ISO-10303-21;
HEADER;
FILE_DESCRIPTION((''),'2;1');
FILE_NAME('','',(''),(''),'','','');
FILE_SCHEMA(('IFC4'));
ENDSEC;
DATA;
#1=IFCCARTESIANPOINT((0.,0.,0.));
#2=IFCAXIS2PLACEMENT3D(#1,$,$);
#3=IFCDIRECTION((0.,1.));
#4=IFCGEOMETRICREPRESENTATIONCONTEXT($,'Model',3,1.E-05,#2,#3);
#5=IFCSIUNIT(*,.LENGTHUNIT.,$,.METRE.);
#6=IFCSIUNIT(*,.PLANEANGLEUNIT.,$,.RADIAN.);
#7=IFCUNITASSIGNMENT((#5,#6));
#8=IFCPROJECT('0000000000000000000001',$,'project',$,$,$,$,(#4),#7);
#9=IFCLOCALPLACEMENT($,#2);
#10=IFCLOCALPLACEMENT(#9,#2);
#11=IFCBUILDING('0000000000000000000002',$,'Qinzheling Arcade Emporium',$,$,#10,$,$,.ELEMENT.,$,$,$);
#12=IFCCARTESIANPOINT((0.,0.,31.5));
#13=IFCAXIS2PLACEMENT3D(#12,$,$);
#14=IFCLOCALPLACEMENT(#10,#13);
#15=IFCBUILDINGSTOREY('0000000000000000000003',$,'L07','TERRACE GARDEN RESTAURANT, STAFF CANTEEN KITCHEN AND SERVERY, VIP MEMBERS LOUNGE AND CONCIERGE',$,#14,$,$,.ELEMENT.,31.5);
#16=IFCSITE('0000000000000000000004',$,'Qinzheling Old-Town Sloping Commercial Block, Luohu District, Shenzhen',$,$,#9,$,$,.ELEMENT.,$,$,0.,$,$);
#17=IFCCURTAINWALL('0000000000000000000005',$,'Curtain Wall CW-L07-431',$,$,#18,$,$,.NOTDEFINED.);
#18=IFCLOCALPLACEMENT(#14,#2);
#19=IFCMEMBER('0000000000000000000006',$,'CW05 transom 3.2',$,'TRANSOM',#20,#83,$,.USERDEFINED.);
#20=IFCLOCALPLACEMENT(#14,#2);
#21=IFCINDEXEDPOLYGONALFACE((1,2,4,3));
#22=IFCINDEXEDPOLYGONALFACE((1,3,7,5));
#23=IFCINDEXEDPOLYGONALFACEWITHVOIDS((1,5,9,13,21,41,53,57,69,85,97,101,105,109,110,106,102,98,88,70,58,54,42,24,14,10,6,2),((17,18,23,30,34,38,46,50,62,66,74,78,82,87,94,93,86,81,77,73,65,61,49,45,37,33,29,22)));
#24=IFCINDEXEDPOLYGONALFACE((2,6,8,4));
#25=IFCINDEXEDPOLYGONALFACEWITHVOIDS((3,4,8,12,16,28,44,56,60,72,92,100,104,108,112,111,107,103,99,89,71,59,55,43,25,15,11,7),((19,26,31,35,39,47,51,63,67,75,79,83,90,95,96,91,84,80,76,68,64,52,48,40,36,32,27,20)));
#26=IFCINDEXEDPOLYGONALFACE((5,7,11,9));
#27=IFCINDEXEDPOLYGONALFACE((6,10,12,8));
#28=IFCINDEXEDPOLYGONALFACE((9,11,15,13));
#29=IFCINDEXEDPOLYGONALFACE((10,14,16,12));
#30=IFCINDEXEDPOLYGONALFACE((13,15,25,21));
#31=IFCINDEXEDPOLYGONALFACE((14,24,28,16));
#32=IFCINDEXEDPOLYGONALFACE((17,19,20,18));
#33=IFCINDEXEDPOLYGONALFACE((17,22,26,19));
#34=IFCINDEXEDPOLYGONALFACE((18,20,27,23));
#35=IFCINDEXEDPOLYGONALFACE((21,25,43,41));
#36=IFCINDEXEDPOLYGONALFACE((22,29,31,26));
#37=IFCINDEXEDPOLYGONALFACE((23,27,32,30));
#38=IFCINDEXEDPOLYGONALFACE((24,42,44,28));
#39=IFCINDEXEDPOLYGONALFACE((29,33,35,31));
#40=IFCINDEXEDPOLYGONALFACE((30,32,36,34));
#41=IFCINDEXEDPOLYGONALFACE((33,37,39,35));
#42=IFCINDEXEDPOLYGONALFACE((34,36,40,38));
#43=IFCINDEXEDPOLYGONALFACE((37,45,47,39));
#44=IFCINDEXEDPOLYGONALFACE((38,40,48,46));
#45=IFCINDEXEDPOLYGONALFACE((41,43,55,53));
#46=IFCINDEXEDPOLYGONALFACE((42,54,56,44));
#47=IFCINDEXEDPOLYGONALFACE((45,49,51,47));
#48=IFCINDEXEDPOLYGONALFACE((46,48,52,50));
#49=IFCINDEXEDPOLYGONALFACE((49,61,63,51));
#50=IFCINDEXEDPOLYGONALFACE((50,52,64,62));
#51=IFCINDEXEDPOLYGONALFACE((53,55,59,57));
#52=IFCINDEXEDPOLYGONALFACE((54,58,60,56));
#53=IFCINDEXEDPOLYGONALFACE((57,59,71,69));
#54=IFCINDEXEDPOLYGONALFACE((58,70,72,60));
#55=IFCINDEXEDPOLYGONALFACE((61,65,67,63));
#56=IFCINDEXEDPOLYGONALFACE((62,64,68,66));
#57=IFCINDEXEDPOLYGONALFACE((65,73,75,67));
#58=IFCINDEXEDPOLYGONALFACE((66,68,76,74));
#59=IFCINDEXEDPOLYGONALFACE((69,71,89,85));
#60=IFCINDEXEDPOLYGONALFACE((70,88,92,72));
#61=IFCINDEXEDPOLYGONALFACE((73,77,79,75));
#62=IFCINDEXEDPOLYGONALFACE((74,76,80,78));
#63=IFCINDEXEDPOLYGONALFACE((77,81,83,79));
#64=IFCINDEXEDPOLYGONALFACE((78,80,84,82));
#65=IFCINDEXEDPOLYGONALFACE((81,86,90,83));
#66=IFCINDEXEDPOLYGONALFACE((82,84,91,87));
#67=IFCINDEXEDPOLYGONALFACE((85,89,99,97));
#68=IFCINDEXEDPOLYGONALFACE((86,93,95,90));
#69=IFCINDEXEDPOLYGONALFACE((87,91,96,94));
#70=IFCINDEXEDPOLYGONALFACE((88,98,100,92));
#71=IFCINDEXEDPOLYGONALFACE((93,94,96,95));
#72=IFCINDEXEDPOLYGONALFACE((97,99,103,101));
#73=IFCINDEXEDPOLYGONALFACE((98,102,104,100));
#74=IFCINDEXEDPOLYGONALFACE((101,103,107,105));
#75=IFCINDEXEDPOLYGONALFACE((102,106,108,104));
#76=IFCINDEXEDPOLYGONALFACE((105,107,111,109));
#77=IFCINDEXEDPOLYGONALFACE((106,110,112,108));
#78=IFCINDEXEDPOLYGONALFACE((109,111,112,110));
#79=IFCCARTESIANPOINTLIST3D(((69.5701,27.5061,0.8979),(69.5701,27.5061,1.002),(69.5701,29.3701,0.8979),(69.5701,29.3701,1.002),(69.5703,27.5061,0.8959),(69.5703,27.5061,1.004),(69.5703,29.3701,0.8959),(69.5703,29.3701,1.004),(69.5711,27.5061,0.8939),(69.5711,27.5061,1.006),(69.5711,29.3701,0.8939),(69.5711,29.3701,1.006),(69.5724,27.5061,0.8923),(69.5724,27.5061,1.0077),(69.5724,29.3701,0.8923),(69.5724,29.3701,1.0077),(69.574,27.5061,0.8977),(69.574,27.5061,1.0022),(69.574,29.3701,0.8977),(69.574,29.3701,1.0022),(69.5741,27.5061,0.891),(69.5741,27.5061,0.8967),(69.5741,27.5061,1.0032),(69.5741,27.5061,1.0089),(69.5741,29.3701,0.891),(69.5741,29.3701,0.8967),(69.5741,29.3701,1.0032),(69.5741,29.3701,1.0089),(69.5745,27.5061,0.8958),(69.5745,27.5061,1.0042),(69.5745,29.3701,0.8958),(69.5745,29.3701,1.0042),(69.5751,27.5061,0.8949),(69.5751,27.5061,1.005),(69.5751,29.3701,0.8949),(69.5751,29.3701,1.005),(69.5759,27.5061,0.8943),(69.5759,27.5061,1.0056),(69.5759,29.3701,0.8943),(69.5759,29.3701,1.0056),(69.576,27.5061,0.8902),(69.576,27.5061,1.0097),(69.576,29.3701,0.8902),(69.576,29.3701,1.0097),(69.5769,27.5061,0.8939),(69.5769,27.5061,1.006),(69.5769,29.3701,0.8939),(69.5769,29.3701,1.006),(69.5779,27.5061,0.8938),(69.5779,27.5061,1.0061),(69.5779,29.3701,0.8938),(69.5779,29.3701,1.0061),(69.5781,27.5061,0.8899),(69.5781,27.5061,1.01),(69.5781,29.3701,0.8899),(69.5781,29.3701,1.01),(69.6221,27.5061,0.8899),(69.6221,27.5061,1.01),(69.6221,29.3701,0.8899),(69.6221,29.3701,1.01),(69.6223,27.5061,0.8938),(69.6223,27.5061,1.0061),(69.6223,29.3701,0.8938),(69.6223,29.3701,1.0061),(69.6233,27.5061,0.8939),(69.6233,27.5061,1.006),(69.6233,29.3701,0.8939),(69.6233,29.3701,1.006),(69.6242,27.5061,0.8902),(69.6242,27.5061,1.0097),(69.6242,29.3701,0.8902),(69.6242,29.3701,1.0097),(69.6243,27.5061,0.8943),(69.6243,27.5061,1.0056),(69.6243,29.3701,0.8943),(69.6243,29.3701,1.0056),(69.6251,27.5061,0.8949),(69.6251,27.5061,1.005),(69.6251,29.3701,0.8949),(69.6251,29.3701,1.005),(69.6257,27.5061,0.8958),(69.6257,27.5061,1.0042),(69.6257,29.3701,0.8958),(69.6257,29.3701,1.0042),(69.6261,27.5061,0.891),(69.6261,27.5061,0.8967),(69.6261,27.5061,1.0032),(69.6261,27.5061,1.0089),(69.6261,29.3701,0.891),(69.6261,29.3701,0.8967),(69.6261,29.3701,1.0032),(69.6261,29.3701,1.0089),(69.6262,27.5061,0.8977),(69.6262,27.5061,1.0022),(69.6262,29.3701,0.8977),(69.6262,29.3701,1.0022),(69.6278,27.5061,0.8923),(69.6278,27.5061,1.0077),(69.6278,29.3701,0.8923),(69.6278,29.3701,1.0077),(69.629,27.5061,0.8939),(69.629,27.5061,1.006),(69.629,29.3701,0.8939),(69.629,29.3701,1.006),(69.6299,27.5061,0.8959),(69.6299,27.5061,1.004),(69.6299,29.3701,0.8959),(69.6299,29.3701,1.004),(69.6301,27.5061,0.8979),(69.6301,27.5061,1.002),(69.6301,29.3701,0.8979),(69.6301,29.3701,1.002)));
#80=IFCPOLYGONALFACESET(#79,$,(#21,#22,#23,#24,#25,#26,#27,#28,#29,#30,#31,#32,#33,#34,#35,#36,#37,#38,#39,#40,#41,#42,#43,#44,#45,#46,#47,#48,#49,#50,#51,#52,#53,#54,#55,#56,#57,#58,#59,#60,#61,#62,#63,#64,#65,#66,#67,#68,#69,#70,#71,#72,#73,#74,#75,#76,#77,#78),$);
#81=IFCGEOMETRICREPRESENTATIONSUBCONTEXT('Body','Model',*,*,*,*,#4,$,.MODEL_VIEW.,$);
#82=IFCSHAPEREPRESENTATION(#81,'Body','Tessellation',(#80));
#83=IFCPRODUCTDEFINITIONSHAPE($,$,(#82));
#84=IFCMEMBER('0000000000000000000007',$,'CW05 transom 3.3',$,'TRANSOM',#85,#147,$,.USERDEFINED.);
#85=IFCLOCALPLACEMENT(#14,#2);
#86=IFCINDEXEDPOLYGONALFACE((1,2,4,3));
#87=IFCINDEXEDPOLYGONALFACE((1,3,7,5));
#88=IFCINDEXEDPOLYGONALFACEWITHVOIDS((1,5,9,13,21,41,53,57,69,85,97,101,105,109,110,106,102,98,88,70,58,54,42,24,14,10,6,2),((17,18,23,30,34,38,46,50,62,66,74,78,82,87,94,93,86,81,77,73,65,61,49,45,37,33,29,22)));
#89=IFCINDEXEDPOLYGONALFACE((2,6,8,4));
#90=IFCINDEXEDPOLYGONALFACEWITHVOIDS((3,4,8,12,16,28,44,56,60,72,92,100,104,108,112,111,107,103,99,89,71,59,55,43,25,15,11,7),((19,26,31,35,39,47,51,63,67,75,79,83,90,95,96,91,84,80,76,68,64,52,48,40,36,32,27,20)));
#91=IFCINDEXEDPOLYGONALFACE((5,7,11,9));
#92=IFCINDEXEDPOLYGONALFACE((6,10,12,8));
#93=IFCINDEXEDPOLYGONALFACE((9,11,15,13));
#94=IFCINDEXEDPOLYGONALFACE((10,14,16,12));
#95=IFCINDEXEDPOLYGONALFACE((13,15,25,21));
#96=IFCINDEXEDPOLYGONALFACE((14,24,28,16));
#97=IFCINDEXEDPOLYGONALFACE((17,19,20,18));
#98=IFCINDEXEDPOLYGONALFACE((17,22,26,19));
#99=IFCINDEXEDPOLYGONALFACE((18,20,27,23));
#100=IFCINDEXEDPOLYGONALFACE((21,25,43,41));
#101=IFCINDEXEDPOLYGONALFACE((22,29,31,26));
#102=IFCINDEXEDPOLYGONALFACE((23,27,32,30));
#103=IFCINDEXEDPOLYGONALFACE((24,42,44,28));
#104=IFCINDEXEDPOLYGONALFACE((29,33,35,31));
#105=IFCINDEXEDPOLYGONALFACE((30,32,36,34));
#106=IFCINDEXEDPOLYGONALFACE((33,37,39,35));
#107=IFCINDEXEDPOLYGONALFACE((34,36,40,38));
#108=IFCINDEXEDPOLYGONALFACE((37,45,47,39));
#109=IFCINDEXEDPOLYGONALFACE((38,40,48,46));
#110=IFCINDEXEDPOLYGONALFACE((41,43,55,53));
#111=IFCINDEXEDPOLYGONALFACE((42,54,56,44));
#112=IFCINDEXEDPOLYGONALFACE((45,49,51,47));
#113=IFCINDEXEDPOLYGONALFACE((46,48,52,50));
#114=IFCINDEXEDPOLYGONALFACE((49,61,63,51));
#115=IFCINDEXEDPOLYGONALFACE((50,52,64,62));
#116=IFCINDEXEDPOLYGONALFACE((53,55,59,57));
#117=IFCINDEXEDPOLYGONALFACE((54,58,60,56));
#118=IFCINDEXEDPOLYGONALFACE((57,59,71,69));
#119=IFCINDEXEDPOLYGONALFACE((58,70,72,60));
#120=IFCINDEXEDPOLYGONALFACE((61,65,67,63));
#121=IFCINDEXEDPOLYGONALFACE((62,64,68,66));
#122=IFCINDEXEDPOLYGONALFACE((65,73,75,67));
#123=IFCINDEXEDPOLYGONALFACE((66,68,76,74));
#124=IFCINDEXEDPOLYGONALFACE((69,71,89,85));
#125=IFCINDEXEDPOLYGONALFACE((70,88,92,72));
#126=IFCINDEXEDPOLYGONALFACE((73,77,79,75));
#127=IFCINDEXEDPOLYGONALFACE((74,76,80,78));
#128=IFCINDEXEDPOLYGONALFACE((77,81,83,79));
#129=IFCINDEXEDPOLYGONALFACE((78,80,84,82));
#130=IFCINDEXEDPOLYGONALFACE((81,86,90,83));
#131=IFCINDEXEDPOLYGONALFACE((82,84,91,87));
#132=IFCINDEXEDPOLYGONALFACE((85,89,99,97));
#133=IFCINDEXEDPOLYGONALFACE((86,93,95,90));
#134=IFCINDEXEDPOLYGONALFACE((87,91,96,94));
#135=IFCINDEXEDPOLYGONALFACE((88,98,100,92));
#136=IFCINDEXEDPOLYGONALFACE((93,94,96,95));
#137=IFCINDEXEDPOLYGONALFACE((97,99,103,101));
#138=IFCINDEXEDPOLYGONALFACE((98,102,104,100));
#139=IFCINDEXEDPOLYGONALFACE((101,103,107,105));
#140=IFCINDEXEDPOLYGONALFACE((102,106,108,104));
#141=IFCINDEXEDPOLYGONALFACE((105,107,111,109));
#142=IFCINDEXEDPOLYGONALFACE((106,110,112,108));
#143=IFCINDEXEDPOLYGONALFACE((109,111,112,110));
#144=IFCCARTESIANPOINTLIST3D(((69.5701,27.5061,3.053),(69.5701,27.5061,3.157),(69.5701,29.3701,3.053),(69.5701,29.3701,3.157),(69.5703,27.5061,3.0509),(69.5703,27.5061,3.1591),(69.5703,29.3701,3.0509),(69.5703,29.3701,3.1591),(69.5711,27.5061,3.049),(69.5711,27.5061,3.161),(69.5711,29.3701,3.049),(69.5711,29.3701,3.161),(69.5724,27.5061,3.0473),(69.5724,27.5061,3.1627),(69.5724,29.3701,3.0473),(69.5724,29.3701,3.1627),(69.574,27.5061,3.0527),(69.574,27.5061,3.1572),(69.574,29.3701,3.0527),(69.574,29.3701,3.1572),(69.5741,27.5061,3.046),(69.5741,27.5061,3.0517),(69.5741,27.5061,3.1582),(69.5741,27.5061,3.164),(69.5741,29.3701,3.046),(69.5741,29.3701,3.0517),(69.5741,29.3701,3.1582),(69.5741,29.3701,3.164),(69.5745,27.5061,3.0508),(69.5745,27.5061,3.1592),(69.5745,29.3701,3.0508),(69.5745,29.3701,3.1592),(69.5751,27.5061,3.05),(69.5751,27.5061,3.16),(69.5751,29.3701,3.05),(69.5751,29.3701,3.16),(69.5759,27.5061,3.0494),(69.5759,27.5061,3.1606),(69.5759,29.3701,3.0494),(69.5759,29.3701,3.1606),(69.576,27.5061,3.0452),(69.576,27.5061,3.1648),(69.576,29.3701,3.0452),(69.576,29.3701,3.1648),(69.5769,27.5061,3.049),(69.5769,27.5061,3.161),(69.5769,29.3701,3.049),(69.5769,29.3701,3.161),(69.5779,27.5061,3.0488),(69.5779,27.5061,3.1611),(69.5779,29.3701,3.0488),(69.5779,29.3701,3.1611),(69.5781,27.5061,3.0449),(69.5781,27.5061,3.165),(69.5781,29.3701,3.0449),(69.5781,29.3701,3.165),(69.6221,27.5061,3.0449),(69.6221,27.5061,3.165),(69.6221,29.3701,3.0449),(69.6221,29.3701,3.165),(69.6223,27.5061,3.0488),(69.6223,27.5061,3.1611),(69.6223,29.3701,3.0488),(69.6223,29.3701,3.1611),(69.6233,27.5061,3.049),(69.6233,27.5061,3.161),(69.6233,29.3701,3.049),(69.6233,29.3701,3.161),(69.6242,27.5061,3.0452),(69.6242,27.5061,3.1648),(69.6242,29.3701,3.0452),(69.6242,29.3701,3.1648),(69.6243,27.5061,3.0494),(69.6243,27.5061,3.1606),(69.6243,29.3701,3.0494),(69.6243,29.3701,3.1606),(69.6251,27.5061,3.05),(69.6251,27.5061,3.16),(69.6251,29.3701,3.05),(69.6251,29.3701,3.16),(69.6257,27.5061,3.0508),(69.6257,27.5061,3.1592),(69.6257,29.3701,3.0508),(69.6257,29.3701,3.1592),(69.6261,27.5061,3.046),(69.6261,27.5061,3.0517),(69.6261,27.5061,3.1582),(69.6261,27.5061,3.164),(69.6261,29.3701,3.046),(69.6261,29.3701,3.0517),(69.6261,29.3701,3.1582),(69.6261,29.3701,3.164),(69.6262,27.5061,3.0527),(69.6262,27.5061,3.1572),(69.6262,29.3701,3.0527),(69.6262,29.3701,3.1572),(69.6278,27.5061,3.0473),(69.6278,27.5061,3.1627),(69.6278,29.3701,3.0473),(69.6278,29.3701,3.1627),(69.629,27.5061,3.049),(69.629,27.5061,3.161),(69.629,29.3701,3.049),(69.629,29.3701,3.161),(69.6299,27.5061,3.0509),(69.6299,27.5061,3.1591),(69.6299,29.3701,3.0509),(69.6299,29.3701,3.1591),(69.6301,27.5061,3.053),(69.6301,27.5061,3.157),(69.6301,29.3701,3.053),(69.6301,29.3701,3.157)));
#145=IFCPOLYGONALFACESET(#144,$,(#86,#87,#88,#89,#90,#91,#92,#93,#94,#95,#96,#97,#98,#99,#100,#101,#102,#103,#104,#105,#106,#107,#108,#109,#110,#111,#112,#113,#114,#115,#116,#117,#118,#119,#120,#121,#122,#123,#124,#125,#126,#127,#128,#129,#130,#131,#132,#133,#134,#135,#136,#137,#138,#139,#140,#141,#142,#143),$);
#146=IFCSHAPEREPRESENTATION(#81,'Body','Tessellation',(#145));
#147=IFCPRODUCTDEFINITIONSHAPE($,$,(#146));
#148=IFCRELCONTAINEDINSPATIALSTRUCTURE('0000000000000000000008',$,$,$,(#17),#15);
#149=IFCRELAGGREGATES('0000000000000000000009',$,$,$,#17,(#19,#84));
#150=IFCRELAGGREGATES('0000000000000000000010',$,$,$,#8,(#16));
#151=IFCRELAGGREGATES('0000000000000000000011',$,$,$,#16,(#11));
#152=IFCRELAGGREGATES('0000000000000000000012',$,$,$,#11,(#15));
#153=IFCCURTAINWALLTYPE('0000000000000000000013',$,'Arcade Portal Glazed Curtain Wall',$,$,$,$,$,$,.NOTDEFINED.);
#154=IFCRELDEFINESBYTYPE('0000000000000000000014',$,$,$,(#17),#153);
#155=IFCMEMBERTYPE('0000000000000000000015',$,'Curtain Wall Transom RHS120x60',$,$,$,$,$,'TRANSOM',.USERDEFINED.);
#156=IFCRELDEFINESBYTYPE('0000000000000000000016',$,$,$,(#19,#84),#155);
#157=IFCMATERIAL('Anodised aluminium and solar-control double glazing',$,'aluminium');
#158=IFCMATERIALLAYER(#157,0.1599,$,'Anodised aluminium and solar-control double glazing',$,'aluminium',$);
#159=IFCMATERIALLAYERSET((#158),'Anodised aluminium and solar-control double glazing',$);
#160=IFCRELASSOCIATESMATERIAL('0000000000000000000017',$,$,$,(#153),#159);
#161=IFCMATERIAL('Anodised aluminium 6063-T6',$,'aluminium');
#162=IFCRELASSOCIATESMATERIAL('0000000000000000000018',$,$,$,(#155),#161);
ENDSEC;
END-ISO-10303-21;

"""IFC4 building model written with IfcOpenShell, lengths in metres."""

from ifc_helpers import new_model, si_unit, direction, frame, origin, origin_2d, place, context, subcontext, project, spatial, hollow_rectangle, extrude, material, layer, layer_set, material_profile, profile_set, type_object, element, aggregate, save


model = new_model("IFC4")

# Units and contexts
model_context = context("Model", 3, precision=1e-05, world=origin(), true_north=direction((0.0, 1.0)))
body_context = subcontext(model_context, "Body", "Model", "MODEL_VIEW")
ifc_project = project(units=[si_unit("LENGTHUNIT", "METRE"), si_unit("PLANEANGLEUNIT", "RADIAN")], contexts=[model_context])

# Site, building, storey
site_placement = place(None, origin())
site = spatial("IfcSite", under=ifc_project, at=site_placement, Name="Qinzheling Old-Town Sloping Commercial Block, Luohu District, Shenzhen", CompositionType="ELEMENT", RefElevation=0.0)
building_placement = place(site_placement, origin())
building = spatial("IfcBuilding", under=site, at=building_placement, Name="Qinzheling Arcade Emporium", CompositionType="ELEMENT")
storey_placement = place(building_placement, frame((0.0, 0.0, 31.5)))
storey = spatial("IfcBuildingStorey", under=building, at=storey_placement, Name="L07", Description="TERRACE GARDEN RESTAURANT, STAFF CANTEEN KITCHEN AND SERVERY, VIP MEMBERS LOUNGE AND CONCIERGE", CompositionType="ELEMENT", Elevation=31.5)

# Curtain wall, members
ifc_material_1 = material(Name="Anodised aluminium and solar-control double glazing", Category="aluminium")
ifc_layer_1 = layer(ifc_material_1, 0.1599, Name="Anodised aluminium and solar-control double glazing", Category="aluminium")
ifc_layer_set_1 = layer_set([ifc_layer_1], Name="Anodised aluminium and solar-control double glazing")
curtain_wall_type = type_object("IfcCurtainWallType", Name="Arcade Portal Glazed Curtain Wall", PredefinedType="NOTDEFINED", material=ifc_layer_set_1)
curtain_wall_placement = place(storey_placement, origin())
curtain_wall = element("IfcCurtainWall", 1, at=curtain_wall_placement, inside=storey, type_object=curtain_wall_type, Name="Curtain Wall CW-L07-431", PredefinedType="NOTDEFINED")
ifc_material_2 = material(Name="Anodised aluminium 6063-T6", Category="aluminium")
ifc_material_profile_1 = material_profile(ifc_material_2, hollow_rectangle(XDim=0.0601, YDim=0.1201, WallThickness=0.0039, InnerFilletRadius=0.0039, OuterFilletRadius=0.0081, at=origin_2d()), Name="RHS 120x60x4", Category="aluminium")
ifc_profile_set_1 = profile_set([ifc_material_profile_1], Name="Anodised aluminium 6063-T6")
member_type_1 = type_object("IfcMemberType", Name="Curtain Wall Transom RHS120x60", ElementType="TRANSOM", PredefinedType="USERDEFINED", material=ifc_profile_set_1)
member_1_placement = place(storey_placement, frame((69.6001, 29.3701, 0.95), z_axis=(0.0, -1.0, 0.0), x_axis=(1.0, 0.0, 0.0)))
member_1 = element("IfcMember", 2, at=member_1_placement, type_object=member_type_1, Name="CW05 transom 3.2", ObjectType="TRANSOM", PredefinedType="USERDEFINED", context=body_context, shape_type="SweptSolid", body=[
    extrude(hollow_rectangle(XDim=0.0601, YDim=0.1201, WallThickness=0.0039, InnerFilletRadius=0.0039, OuterFilletRadius=0.0081, at=origin_2d()), origin(), (0.0, 0.0, 1.0), 1.864),
])
member_2_placement = place(storey_placement, frame((69.6001, 29.3701, 3.105), z_axis=(0.0, -1.0, 0.0), x_axis=(1.0, 0.0, 0.0)))
member_2 = element("IfcMember", 3, at=member_2_placement, type_object=member_type_1, Name="CW05 transom 3.3", ObjectType="TRANSOM", PredefinedType="USERDEFINED", context=body_context, shape_type="SweptSolid", body=[
    extrude(hollow_rectangle(XDim=0.0601, YDim=0.1201, WallThickness=0.0039, InnerFilletRadius=0.0039, OuterFilletRadius=0.0081, at=origin_2d()), origin(), (0.0, 0.0, 1.0), 1.864),
])
aggregate(curtain_wall, [member_1, member_2])

save(model, "model.ifc")
